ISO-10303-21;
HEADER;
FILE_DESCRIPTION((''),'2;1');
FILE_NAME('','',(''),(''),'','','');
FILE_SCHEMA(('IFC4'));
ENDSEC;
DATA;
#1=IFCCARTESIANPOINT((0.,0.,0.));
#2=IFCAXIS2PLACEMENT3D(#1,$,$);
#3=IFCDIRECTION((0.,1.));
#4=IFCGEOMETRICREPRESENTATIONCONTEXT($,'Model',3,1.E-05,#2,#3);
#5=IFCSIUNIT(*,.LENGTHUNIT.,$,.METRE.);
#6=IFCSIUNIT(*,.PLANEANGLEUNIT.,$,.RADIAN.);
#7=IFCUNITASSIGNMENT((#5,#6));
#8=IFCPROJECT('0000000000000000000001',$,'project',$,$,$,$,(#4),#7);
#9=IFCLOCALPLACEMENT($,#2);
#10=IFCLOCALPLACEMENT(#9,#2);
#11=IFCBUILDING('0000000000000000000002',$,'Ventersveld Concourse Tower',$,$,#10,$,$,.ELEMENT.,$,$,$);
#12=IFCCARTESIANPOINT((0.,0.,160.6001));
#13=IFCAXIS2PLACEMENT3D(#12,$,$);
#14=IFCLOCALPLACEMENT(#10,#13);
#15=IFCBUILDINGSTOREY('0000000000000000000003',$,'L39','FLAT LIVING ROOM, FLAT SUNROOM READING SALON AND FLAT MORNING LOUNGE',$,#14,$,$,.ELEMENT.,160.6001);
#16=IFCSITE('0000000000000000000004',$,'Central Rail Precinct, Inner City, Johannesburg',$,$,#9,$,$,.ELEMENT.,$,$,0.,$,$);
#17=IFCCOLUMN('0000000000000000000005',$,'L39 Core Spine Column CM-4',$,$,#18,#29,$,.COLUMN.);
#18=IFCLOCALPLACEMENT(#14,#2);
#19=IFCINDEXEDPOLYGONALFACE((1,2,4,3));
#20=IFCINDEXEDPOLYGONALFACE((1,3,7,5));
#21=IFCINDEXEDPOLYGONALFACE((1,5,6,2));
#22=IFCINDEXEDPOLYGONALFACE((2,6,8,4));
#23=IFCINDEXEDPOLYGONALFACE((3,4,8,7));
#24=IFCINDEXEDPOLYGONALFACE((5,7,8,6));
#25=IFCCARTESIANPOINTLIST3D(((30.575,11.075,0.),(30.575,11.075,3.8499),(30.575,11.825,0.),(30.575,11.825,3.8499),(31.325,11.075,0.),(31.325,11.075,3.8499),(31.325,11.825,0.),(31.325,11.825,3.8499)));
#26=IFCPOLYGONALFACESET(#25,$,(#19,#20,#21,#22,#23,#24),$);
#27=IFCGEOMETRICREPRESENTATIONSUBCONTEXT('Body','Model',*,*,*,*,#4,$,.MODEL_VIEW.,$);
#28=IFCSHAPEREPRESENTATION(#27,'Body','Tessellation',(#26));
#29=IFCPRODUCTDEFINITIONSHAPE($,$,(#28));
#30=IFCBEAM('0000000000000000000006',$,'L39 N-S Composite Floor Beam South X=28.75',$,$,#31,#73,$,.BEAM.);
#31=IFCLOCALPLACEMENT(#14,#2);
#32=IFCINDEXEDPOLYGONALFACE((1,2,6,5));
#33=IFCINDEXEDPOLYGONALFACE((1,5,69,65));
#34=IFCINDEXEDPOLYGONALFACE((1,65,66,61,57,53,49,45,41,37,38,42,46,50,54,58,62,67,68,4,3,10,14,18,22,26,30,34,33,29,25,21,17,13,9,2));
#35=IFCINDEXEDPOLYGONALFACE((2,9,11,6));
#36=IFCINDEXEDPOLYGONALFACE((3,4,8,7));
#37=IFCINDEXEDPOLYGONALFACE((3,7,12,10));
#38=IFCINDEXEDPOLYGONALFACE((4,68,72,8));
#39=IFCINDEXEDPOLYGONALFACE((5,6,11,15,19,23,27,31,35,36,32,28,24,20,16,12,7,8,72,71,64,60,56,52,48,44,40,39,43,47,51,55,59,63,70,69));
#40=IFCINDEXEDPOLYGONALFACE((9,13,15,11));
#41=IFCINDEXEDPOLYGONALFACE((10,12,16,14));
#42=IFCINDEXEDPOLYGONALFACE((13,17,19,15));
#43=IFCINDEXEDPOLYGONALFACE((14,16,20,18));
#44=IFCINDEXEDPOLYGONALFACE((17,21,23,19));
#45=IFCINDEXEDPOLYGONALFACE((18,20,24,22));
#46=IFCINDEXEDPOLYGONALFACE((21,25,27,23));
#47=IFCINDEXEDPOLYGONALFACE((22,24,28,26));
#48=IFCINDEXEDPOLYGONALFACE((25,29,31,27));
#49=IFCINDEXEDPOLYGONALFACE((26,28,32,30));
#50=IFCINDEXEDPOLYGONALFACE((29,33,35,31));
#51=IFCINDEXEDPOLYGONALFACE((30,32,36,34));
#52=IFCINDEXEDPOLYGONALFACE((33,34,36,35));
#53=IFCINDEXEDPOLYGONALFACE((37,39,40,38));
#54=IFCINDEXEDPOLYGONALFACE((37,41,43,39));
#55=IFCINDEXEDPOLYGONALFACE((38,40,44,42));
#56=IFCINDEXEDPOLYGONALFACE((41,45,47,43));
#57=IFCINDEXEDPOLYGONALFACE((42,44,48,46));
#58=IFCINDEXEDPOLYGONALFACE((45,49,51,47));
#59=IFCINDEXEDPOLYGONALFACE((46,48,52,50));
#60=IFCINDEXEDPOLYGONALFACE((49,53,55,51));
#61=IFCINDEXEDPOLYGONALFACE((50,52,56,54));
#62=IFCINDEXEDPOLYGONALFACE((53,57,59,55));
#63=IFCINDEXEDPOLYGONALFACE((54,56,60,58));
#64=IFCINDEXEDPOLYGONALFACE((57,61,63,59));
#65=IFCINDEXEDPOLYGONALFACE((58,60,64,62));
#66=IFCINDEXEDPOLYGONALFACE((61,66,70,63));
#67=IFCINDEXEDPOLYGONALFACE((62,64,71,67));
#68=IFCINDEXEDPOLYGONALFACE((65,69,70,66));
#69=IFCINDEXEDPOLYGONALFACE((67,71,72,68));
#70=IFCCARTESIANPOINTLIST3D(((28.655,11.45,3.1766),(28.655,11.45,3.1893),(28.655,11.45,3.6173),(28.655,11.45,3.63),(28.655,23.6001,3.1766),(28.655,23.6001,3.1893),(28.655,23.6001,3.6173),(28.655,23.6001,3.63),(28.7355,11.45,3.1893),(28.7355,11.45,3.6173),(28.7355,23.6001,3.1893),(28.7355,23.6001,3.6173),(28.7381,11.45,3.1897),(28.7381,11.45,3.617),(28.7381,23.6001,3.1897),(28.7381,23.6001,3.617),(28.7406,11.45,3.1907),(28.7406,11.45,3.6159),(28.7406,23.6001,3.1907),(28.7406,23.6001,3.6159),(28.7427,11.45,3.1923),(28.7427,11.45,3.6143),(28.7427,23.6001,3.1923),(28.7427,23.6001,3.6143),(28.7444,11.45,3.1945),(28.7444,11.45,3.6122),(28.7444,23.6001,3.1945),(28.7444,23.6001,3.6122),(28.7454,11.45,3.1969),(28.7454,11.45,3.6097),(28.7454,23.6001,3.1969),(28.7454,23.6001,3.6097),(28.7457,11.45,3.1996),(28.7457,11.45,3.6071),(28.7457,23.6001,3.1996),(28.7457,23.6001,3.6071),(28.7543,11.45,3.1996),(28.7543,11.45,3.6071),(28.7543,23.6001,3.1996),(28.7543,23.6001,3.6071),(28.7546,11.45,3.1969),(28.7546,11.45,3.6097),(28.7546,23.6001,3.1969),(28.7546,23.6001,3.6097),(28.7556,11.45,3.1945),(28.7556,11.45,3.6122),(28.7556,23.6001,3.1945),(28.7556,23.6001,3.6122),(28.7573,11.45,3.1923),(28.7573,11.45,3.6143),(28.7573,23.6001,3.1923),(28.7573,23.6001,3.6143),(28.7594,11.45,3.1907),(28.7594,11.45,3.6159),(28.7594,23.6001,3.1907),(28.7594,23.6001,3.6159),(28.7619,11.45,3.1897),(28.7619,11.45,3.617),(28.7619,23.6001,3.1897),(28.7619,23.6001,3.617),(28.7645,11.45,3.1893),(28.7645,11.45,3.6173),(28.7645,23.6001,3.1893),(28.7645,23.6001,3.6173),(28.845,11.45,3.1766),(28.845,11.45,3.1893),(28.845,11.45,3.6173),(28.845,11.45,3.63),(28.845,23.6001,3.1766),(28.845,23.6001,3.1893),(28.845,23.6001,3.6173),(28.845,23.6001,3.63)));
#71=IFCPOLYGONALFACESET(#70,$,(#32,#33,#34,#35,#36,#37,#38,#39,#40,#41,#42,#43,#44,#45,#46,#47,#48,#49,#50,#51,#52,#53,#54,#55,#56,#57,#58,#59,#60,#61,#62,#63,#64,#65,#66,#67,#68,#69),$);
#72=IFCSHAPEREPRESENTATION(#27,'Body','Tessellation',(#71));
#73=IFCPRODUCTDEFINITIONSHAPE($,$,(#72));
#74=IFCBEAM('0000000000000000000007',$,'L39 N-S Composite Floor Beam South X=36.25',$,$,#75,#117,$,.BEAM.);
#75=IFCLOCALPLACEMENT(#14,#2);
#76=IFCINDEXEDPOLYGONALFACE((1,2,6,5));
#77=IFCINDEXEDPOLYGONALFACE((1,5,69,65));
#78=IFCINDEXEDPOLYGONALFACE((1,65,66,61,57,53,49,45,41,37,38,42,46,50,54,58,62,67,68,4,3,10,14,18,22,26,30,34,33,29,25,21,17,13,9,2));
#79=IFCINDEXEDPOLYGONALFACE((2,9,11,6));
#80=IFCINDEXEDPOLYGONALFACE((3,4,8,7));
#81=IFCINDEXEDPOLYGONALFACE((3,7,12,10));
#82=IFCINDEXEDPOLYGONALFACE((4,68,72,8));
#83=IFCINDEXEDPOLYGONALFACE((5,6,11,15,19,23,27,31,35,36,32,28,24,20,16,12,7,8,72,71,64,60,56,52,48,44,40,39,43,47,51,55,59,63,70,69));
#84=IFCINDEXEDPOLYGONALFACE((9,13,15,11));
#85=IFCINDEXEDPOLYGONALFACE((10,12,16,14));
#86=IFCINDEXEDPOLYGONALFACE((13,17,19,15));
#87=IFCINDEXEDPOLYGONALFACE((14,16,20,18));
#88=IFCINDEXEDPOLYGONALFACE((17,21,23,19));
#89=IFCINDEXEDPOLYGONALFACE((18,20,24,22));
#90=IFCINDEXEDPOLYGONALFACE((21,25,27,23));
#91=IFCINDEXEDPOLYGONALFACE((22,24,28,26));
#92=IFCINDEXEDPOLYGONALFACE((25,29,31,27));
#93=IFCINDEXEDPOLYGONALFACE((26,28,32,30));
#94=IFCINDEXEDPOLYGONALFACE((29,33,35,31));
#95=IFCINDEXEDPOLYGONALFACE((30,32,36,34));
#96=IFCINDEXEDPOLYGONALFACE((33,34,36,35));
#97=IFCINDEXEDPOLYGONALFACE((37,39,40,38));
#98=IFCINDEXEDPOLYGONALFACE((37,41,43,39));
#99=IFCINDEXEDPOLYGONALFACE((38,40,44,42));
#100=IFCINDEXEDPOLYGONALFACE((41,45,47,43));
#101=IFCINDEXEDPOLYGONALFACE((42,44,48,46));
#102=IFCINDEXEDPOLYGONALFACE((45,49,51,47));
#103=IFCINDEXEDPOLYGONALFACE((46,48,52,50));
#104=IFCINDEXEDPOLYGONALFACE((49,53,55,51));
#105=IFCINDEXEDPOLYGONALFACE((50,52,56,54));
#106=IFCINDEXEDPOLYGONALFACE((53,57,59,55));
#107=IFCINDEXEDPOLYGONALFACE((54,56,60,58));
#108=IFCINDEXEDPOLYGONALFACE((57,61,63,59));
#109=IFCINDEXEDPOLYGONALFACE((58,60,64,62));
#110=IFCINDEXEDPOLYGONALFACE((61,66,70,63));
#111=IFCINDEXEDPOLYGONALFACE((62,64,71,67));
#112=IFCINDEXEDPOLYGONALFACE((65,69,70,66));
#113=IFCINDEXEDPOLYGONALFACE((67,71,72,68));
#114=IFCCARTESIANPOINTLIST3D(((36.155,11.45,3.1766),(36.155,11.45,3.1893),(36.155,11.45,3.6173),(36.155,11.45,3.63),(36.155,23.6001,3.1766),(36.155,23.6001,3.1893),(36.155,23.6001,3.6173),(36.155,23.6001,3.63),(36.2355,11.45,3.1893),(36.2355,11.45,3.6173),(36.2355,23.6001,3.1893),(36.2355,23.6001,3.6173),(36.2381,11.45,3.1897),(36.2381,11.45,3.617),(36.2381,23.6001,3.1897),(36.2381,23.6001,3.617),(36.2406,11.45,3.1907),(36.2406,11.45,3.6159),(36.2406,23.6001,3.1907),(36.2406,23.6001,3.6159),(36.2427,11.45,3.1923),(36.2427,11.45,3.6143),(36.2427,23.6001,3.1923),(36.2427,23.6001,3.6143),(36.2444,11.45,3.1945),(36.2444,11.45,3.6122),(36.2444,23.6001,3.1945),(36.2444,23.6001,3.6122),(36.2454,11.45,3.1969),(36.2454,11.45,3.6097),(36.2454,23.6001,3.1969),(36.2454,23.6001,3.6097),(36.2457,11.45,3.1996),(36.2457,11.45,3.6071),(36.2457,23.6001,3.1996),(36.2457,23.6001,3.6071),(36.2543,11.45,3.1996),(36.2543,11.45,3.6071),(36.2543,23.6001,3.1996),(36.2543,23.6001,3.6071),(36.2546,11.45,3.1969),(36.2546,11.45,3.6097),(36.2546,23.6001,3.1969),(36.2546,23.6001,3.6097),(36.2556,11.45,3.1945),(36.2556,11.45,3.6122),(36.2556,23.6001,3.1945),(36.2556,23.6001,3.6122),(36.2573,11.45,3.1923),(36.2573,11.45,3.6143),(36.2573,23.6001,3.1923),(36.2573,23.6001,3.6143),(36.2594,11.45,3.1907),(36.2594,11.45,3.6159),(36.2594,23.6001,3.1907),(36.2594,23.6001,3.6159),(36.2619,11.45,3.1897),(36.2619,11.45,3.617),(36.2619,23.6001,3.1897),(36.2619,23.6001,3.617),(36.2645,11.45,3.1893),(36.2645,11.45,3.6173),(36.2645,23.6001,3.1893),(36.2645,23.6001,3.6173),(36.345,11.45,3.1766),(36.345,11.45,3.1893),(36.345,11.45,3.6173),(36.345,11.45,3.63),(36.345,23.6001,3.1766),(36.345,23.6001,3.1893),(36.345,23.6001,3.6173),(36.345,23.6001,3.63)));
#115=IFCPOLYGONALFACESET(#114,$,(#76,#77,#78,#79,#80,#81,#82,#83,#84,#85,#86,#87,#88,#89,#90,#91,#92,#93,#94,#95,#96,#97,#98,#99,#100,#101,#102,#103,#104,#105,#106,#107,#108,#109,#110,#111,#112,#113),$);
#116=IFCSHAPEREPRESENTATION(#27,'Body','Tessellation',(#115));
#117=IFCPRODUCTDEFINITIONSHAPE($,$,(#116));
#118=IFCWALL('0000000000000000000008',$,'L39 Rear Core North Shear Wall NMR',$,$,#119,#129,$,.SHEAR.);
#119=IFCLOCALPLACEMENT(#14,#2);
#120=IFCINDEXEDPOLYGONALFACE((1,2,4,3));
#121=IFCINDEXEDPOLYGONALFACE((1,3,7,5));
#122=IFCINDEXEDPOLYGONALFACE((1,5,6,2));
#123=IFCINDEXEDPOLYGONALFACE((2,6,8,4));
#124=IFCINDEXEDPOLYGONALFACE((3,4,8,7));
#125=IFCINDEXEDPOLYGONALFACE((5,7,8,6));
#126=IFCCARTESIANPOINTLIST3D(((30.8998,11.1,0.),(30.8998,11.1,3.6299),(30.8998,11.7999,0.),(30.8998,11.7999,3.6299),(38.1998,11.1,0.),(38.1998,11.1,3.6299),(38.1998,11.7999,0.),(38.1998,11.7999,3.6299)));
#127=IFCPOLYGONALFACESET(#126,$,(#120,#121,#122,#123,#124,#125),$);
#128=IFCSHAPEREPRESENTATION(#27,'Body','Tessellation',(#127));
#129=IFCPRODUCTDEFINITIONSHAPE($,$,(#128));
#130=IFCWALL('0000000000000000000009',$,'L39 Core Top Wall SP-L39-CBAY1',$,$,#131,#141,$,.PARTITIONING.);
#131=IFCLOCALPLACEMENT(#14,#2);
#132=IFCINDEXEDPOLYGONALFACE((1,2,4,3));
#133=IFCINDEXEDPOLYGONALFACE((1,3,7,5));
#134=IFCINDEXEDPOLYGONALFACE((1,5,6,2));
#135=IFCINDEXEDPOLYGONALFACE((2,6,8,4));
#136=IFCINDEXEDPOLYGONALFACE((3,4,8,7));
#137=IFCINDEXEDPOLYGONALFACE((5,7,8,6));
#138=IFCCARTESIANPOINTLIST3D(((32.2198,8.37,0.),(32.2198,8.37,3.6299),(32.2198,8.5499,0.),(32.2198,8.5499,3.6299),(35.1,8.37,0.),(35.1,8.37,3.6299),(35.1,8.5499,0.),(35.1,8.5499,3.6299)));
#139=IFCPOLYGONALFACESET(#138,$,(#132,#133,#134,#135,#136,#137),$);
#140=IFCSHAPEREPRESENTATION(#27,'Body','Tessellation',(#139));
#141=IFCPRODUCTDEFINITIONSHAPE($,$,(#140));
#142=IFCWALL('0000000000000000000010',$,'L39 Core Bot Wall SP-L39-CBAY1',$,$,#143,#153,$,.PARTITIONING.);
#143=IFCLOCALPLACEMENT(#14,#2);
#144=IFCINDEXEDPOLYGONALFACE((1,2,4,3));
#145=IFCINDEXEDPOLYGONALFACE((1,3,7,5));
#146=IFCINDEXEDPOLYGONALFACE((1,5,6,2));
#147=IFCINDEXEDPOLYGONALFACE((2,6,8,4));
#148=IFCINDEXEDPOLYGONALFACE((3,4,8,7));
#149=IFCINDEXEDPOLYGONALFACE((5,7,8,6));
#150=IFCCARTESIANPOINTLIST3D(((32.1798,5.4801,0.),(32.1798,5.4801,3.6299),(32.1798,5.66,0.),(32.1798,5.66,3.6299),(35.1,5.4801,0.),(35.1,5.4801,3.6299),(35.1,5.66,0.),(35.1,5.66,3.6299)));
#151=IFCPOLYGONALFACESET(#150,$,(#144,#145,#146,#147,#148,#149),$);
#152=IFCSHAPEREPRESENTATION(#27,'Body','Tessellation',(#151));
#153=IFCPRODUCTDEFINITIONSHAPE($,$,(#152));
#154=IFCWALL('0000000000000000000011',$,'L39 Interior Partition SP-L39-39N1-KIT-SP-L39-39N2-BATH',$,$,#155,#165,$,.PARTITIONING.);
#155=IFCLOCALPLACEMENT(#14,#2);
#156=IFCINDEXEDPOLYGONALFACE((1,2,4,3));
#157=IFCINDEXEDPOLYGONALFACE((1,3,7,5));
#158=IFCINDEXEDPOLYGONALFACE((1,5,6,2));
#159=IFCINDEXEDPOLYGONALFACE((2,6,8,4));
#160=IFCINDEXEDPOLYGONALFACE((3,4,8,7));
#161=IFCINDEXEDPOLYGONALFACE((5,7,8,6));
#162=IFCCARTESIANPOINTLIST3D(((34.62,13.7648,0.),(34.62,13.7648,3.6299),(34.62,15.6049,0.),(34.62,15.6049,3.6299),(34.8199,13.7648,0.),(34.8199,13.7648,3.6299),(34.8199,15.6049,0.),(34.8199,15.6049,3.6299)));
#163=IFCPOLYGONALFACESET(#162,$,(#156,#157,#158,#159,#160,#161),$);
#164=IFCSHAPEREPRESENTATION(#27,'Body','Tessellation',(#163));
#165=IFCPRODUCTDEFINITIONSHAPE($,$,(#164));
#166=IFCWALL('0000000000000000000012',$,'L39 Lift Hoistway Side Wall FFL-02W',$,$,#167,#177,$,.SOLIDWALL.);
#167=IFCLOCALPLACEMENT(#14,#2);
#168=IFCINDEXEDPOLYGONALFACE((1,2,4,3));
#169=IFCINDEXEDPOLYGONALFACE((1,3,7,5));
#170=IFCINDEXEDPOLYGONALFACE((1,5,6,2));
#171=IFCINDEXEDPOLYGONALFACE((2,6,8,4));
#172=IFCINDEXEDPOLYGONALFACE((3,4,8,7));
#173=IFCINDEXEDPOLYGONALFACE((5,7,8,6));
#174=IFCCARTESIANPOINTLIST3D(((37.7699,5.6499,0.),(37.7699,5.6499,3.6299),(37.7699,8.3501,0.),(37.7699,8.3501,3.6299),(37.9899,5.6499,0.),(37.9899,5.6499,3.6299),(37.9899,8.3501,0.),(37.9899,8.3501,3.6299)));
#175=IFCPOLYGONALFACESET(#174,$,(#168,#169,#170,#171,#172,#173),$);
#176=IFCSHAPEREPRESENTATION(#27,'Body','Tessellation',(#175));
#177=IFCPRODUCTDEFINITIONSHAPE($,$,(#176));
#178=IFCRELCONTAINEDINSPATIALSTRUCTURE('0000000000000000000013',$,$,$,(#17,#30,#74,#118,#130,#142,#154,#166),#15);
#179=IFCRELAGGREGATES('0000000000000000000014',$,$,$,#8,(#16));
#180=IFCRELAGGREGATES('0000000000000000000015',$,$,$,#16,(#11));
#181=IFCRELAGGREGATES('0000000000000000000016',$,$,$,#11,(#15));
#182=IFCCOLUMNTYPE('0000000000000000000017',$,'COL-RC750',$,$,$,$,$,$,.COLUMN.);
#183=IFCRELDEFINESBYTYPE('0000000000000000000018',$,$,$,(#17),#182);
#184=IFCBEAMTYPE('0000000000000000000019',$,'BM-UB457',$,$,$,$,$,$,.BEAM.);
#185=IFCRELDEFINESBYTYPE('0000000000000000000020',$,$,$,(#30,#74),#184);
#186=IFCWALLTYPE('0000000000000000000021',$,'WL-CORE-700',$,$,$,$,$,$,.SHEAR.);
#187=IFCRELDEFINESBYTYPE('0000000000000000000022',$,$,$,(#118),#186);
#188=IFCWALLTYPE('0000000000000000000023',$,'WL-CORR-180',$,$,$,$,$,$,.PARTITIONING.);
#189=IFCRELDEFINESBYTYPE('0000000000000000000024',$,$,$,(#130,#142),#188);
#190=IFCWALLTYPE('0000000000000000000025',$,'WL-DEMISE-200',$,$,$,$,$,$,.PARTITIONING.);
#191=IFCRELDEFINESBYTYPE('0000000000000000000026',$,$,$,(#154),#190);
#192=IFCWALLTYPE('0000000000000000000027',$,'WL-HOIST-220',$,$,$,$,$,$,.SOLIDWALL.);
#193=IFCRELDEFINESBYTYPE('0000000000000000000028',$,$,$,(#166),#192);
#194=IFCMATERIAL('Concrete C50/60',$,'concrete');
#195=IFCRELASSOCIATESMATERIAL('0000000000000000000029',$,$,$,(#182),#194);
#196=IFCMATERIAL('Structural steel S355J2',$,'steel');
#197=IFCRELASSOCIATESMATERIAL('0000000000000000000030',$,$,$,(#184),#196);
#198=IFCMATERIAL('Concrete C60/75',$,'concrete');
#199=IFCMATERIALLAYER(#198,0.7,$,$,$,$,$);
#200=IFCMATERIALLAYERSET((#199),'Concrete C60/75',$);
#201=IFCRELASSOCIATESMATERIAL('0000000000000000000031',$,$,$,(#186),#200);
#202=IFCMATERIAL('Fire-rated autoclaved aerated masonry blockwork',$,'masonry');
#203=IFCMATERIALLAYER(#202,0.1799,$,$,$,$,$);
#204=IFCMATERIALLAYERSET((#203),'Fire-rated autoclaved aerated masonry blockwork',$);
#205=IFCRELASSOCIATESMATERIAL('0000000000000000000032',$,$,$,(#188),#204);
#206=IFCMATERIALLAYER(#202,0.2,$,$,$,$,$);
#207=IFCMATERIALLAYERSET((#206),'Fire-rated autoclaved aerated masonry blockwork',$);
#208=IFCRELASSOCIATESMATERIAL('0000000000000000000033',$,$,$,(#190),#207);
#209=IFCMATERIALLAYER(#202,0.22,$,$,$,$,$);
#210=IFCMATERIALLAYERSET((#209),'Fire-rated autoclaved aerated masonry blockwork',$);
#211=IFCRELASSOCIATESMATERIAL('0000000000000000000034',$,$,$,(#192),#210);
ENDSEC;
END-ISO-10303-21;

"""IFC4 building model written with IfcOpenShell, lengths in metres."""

from ifc_helpers import new_model, si_unit, direction, frame, frame_2d, origin, origin_2d, place, context, subcontext, project, spatial, rectangle, i_section, extrude, material, layer, layer_set, material_profile, profile_set, type_object, element, save


model = new_model("IFC4")

# Units and contexts
model_context = context("Model", 3, precision=1e-05, world=origin(), true_north=direction((0.0, 1.0)))
body_context = subcontext(model_context, "Body", "Model", "MODEL_VIEW")
ifc_project = project(units=[si_unit("LENGTHUNIT", "METRE"), si_unit("PLANEANGLEUNIT", "RADIAN")], contexts=[model_context])

# Site, building, storey
site_placement = place(None, origin())
site = spatial("IfcSite", under=ifc_project, at=site_placement, Name="Central Rail Precinct, Inner City, Johannesburg", CompositionType="ELEMENT", RefElevation=0.0)
building_placement = place(site_placement, origin())
building = spatial("IfcBuilding", under=site, at=building_placement, Name="Ventersveld Concourse Tower", CompositionType="ELEMENT")
storey_placement = place(building_placement, frame((0.0, 0.0, 160.6001)))
storey = spatial("IfcBuildingStorey", under=building, at=storey_placement, Name="L39", Description="FLAT LIVING ROOM, FLAT SUNROOM READING SALON AND FLAT MORNING LOUNGE", CompositionType="ELEMENT", Elevation=160.6001)

# Column
ifc_material_1 = material(Name="Concrete C50/60", Category="concrete")
ifc_material_profile_1 = material_profile(ifc_material_1, rectangle(XDim=0.75, YDim=0.75, at=origin_2d()), Name="RC 750x750")
ifc_profile_set_1 = profile_set([ifc_material_profile_1], Name="Concrete C50/60")
column_type = type_object("IfcColumnType", Name="COL-RC750", PredefinedType="COLUMN", material=ifc_profile_set_1)
column_placement = place(storey_placement, frame((30.95, 11.45, 0.0), z_axis=(0.0, 0.0, 1.0), x_axis=(1.0, 0.0, 0.0)))
element("IfcColumn", 1, at=column_placement, inside=storey, type_object=column_type, Name="L39 Core Spine Column CM-4", PredefinedType="COLUMN", context=body_context, shape_type="SweptSolid", body=[
    extrude(rectangle(XDim=0.75, YDim=0.75, at=origin_2d()), origin(), (0.0, 0.0, 1.0), 3.8499),
])

# Beams
ifc_material_2 = material(Name="Structural steel S355J2", Category="steel")
ifc_material_profile_2 = material_profile(ifc_material_2, i_section(OverallWidth=0.1899, OverallDepth=0.4534, WebThickness=0.0085, FlangeThickness=0.0127, FilletRadius=0.0103, at=origin_2d()), Name="UB 457x191x67")
ifc_profile_set_2 = profile_set([ifc_material_profile_2], Name="Structural steel S355J2")
beam_type = type_object("IfcBeamType", Name="BM-UB457", PredefinedType="BEAM", material=ifc_profile_set_2)
for number, where, z_axis, x_axis, name in (
    (2, (28.75, 11.45, 3.4033), (0.0, 1.0, 0.0), (-1.0, 0.0, 0.0), "L39 N-S Composite Floor Beam South X=28.75"),
    (3, (36.25, 11.45, 3.4033), (0.0, 1.0, 0.0), (-1.0, 0.0, 0.0), "L39 N-S Composite Floor Beam South X=36.25"),
):
    element("IfcBeam", number, at=place(storey_placement, frame(where, z_axis=z_axis, x_axis=x_axis)), inside=storey, type_object=beam_type, Name=name, PredefinedType="BEAM", context=body_context, shape_type="SweptSolid", body=[
        extrude(i_section(OverallWidth=0.1899, OverallDepth=0.4534, WebThickness=0.0085, FlangeThickness=0.0127, FilletRadius=0.0103, at=origin_2d()), origin(), (0.0, 0.0, 1.0), 12.1501),
    ])

# Wall
ifc_material_3 = material(Name="Concrete C60/75", Category="concrete")
ifc_layer_1 = layer(ifc_material_3, 0.7)
ifc_layer_set_1 = layer_set([ifc_layer_1], Name="Concrete C60/75")
wall_type_1 = type_object("IfcWallType", Name="WL-CORE-700", PredefinedType="SHEAR", material=ifc_layer_set_1)
wall_1_placement = place(storey_placement, frame((30.8999, 11.45, 0.0), z_axis=(0.0, 0.0, 1.0), x_axis=(1.0, 0.0, 0.0)))
element("IfcWall", 4, at=wall_1_placement, inside=storey, type_object=wall_type_1, Name="L39 Rear Core North Shear Wall NMR", PredefinedType="SHEAR", context=body_context, shape_type="SweptSolid", body=[
    extrude(rectangle(XDim=7.3, YDim=0.7, at=frame_2d((3.6499, 0.0))), origin(), (0.0, 0.0, 1.0), 3.6299),
])

# Shared definitions
ifc_material_4 = material(Name="Fire-rated autoclaved aerated masonry blockwork", Category="masonry")
ifc_layer_2 = layer(ifc_material_4, 0.1799)
ifc_layer_set_2 = layer_set([ifc_layer_2], Name="Fire-rated autoclaved aerated masonry blockwork")
wall_type_2 = type_object("IfcWallType", Name="WL-CORR-180", PredefinedType="PARTITIONING", material=ifc_layer_set_2)

# Walls
wall_2_placement = place(storey_placement, frame((32.22, 8.46, 0.0), z_axis=(0.0, 0.0, 1.0), x_axis=(1.0, 0.0, 0.0)))
element("IfcWall", 5, at=wall_2_placement, inside=storey, type_object=wall_type_2, Name="L39 Core Top Wall SP-L39-CBAY1", PredefinedType="PARTITIONING", context=body_context, shape_type="SweptSolid", body=[
    extrude(rectangle(XDim=2.8801, YDim=0.1799, at=frame_2d((1.4399, 0.0))), origin(), (0.0, 0.0, 1.0), 3.6299),
])
wall_3_placement = place(storey_placement, frame((32.1799, 5.5701, 0.0), z_axis=(0.0, 0.0, 1.0), x_axis=(1.0, 0.0, 0.0)))
element("IfcWall", 6, at=wall_3_placement, inside=storey, type_object=wall_type_2, Name="L39 Core Bot Wall SP-L39-CBAY1", PredefinedType="PARTITIONING", context=body_context, shape_type="SweptSolid", body=[
    extrude(rectangle(XDim=2.9202, YDim=0.1799, at=frame_2d((1.46, 0.0))), origin(), (0.0, 0.0, 1.0), 3.6299),
])
ifc_layer_3 = layer(ifc_material_4, 0.2)
ifc_layer_set_3 = layer_set([ifc_layer_3], Name="Fire-rated autoclaved aerated masonry blockwork")
wall_type_3 = type_object("IfcWallType", Name="WL-DEMISE-200", PredefinedType="PARTITIONING", material=ifc_layer_set_3)
wall_4_placement = place(storey_placement, frame((34.72, 13.7649, 0.0), z_axis=(0.0, 0.0, 1.0), x_axis=(0.0, 1.0, 0.0)))
element("IfcWall", 7, at=wall_4_placement, inside=storey, type_object=wall_type_3, Name="L39 Interior Partition SP-L39-39N1-KIT-SP-L39-39N2-BATH", PredefinedType="PARTITIONING", context=body_context, shape_type="SweptSolid", body=[
    extrude(rectangle(XDim=1.8401, YDim=0.2, at=frame_2d((0.9199, 0.0))), origin(), (0.0, 0.0, 1.0), 3.6299),
])
ifc_layer_4 = layer(ifc_material_4, 0.22)
ifc_layer_set_4 = layer_set([ifc_layer_4], Name="Fire-rated autoclaved aerated masonry blockwork")
wall_type_4 = type_object("IfcWallType", Name="WL-HOIST-220", PredefinedType="SOLIDWALL", material=ifc_layer_set_4)
wall_5_placement = place(storey_placement, frame((37.8799, 5.6499, 0.0), z_axis=(0.0, 0.0, 1.0), x_axis=(0.0, 1.0, 0.0)))
element("IfcWall", 8, at=wall_5_placement, inside=storey, type_object=wall_type_4, Name="L39 Lift Hoistway Side Wall FFL-02W", PredefinedType="SOLIDWALL", context=body_context, shape_type="SweptSolid", body=[
    extrude(rectangle(XDim=2.7002, YDim=0.22, at=frame_2d((1.3501, 0.0))), origin(), (0.0, 0.0, 1.0), 3.6299),
])

save(model, "model.ifc")
